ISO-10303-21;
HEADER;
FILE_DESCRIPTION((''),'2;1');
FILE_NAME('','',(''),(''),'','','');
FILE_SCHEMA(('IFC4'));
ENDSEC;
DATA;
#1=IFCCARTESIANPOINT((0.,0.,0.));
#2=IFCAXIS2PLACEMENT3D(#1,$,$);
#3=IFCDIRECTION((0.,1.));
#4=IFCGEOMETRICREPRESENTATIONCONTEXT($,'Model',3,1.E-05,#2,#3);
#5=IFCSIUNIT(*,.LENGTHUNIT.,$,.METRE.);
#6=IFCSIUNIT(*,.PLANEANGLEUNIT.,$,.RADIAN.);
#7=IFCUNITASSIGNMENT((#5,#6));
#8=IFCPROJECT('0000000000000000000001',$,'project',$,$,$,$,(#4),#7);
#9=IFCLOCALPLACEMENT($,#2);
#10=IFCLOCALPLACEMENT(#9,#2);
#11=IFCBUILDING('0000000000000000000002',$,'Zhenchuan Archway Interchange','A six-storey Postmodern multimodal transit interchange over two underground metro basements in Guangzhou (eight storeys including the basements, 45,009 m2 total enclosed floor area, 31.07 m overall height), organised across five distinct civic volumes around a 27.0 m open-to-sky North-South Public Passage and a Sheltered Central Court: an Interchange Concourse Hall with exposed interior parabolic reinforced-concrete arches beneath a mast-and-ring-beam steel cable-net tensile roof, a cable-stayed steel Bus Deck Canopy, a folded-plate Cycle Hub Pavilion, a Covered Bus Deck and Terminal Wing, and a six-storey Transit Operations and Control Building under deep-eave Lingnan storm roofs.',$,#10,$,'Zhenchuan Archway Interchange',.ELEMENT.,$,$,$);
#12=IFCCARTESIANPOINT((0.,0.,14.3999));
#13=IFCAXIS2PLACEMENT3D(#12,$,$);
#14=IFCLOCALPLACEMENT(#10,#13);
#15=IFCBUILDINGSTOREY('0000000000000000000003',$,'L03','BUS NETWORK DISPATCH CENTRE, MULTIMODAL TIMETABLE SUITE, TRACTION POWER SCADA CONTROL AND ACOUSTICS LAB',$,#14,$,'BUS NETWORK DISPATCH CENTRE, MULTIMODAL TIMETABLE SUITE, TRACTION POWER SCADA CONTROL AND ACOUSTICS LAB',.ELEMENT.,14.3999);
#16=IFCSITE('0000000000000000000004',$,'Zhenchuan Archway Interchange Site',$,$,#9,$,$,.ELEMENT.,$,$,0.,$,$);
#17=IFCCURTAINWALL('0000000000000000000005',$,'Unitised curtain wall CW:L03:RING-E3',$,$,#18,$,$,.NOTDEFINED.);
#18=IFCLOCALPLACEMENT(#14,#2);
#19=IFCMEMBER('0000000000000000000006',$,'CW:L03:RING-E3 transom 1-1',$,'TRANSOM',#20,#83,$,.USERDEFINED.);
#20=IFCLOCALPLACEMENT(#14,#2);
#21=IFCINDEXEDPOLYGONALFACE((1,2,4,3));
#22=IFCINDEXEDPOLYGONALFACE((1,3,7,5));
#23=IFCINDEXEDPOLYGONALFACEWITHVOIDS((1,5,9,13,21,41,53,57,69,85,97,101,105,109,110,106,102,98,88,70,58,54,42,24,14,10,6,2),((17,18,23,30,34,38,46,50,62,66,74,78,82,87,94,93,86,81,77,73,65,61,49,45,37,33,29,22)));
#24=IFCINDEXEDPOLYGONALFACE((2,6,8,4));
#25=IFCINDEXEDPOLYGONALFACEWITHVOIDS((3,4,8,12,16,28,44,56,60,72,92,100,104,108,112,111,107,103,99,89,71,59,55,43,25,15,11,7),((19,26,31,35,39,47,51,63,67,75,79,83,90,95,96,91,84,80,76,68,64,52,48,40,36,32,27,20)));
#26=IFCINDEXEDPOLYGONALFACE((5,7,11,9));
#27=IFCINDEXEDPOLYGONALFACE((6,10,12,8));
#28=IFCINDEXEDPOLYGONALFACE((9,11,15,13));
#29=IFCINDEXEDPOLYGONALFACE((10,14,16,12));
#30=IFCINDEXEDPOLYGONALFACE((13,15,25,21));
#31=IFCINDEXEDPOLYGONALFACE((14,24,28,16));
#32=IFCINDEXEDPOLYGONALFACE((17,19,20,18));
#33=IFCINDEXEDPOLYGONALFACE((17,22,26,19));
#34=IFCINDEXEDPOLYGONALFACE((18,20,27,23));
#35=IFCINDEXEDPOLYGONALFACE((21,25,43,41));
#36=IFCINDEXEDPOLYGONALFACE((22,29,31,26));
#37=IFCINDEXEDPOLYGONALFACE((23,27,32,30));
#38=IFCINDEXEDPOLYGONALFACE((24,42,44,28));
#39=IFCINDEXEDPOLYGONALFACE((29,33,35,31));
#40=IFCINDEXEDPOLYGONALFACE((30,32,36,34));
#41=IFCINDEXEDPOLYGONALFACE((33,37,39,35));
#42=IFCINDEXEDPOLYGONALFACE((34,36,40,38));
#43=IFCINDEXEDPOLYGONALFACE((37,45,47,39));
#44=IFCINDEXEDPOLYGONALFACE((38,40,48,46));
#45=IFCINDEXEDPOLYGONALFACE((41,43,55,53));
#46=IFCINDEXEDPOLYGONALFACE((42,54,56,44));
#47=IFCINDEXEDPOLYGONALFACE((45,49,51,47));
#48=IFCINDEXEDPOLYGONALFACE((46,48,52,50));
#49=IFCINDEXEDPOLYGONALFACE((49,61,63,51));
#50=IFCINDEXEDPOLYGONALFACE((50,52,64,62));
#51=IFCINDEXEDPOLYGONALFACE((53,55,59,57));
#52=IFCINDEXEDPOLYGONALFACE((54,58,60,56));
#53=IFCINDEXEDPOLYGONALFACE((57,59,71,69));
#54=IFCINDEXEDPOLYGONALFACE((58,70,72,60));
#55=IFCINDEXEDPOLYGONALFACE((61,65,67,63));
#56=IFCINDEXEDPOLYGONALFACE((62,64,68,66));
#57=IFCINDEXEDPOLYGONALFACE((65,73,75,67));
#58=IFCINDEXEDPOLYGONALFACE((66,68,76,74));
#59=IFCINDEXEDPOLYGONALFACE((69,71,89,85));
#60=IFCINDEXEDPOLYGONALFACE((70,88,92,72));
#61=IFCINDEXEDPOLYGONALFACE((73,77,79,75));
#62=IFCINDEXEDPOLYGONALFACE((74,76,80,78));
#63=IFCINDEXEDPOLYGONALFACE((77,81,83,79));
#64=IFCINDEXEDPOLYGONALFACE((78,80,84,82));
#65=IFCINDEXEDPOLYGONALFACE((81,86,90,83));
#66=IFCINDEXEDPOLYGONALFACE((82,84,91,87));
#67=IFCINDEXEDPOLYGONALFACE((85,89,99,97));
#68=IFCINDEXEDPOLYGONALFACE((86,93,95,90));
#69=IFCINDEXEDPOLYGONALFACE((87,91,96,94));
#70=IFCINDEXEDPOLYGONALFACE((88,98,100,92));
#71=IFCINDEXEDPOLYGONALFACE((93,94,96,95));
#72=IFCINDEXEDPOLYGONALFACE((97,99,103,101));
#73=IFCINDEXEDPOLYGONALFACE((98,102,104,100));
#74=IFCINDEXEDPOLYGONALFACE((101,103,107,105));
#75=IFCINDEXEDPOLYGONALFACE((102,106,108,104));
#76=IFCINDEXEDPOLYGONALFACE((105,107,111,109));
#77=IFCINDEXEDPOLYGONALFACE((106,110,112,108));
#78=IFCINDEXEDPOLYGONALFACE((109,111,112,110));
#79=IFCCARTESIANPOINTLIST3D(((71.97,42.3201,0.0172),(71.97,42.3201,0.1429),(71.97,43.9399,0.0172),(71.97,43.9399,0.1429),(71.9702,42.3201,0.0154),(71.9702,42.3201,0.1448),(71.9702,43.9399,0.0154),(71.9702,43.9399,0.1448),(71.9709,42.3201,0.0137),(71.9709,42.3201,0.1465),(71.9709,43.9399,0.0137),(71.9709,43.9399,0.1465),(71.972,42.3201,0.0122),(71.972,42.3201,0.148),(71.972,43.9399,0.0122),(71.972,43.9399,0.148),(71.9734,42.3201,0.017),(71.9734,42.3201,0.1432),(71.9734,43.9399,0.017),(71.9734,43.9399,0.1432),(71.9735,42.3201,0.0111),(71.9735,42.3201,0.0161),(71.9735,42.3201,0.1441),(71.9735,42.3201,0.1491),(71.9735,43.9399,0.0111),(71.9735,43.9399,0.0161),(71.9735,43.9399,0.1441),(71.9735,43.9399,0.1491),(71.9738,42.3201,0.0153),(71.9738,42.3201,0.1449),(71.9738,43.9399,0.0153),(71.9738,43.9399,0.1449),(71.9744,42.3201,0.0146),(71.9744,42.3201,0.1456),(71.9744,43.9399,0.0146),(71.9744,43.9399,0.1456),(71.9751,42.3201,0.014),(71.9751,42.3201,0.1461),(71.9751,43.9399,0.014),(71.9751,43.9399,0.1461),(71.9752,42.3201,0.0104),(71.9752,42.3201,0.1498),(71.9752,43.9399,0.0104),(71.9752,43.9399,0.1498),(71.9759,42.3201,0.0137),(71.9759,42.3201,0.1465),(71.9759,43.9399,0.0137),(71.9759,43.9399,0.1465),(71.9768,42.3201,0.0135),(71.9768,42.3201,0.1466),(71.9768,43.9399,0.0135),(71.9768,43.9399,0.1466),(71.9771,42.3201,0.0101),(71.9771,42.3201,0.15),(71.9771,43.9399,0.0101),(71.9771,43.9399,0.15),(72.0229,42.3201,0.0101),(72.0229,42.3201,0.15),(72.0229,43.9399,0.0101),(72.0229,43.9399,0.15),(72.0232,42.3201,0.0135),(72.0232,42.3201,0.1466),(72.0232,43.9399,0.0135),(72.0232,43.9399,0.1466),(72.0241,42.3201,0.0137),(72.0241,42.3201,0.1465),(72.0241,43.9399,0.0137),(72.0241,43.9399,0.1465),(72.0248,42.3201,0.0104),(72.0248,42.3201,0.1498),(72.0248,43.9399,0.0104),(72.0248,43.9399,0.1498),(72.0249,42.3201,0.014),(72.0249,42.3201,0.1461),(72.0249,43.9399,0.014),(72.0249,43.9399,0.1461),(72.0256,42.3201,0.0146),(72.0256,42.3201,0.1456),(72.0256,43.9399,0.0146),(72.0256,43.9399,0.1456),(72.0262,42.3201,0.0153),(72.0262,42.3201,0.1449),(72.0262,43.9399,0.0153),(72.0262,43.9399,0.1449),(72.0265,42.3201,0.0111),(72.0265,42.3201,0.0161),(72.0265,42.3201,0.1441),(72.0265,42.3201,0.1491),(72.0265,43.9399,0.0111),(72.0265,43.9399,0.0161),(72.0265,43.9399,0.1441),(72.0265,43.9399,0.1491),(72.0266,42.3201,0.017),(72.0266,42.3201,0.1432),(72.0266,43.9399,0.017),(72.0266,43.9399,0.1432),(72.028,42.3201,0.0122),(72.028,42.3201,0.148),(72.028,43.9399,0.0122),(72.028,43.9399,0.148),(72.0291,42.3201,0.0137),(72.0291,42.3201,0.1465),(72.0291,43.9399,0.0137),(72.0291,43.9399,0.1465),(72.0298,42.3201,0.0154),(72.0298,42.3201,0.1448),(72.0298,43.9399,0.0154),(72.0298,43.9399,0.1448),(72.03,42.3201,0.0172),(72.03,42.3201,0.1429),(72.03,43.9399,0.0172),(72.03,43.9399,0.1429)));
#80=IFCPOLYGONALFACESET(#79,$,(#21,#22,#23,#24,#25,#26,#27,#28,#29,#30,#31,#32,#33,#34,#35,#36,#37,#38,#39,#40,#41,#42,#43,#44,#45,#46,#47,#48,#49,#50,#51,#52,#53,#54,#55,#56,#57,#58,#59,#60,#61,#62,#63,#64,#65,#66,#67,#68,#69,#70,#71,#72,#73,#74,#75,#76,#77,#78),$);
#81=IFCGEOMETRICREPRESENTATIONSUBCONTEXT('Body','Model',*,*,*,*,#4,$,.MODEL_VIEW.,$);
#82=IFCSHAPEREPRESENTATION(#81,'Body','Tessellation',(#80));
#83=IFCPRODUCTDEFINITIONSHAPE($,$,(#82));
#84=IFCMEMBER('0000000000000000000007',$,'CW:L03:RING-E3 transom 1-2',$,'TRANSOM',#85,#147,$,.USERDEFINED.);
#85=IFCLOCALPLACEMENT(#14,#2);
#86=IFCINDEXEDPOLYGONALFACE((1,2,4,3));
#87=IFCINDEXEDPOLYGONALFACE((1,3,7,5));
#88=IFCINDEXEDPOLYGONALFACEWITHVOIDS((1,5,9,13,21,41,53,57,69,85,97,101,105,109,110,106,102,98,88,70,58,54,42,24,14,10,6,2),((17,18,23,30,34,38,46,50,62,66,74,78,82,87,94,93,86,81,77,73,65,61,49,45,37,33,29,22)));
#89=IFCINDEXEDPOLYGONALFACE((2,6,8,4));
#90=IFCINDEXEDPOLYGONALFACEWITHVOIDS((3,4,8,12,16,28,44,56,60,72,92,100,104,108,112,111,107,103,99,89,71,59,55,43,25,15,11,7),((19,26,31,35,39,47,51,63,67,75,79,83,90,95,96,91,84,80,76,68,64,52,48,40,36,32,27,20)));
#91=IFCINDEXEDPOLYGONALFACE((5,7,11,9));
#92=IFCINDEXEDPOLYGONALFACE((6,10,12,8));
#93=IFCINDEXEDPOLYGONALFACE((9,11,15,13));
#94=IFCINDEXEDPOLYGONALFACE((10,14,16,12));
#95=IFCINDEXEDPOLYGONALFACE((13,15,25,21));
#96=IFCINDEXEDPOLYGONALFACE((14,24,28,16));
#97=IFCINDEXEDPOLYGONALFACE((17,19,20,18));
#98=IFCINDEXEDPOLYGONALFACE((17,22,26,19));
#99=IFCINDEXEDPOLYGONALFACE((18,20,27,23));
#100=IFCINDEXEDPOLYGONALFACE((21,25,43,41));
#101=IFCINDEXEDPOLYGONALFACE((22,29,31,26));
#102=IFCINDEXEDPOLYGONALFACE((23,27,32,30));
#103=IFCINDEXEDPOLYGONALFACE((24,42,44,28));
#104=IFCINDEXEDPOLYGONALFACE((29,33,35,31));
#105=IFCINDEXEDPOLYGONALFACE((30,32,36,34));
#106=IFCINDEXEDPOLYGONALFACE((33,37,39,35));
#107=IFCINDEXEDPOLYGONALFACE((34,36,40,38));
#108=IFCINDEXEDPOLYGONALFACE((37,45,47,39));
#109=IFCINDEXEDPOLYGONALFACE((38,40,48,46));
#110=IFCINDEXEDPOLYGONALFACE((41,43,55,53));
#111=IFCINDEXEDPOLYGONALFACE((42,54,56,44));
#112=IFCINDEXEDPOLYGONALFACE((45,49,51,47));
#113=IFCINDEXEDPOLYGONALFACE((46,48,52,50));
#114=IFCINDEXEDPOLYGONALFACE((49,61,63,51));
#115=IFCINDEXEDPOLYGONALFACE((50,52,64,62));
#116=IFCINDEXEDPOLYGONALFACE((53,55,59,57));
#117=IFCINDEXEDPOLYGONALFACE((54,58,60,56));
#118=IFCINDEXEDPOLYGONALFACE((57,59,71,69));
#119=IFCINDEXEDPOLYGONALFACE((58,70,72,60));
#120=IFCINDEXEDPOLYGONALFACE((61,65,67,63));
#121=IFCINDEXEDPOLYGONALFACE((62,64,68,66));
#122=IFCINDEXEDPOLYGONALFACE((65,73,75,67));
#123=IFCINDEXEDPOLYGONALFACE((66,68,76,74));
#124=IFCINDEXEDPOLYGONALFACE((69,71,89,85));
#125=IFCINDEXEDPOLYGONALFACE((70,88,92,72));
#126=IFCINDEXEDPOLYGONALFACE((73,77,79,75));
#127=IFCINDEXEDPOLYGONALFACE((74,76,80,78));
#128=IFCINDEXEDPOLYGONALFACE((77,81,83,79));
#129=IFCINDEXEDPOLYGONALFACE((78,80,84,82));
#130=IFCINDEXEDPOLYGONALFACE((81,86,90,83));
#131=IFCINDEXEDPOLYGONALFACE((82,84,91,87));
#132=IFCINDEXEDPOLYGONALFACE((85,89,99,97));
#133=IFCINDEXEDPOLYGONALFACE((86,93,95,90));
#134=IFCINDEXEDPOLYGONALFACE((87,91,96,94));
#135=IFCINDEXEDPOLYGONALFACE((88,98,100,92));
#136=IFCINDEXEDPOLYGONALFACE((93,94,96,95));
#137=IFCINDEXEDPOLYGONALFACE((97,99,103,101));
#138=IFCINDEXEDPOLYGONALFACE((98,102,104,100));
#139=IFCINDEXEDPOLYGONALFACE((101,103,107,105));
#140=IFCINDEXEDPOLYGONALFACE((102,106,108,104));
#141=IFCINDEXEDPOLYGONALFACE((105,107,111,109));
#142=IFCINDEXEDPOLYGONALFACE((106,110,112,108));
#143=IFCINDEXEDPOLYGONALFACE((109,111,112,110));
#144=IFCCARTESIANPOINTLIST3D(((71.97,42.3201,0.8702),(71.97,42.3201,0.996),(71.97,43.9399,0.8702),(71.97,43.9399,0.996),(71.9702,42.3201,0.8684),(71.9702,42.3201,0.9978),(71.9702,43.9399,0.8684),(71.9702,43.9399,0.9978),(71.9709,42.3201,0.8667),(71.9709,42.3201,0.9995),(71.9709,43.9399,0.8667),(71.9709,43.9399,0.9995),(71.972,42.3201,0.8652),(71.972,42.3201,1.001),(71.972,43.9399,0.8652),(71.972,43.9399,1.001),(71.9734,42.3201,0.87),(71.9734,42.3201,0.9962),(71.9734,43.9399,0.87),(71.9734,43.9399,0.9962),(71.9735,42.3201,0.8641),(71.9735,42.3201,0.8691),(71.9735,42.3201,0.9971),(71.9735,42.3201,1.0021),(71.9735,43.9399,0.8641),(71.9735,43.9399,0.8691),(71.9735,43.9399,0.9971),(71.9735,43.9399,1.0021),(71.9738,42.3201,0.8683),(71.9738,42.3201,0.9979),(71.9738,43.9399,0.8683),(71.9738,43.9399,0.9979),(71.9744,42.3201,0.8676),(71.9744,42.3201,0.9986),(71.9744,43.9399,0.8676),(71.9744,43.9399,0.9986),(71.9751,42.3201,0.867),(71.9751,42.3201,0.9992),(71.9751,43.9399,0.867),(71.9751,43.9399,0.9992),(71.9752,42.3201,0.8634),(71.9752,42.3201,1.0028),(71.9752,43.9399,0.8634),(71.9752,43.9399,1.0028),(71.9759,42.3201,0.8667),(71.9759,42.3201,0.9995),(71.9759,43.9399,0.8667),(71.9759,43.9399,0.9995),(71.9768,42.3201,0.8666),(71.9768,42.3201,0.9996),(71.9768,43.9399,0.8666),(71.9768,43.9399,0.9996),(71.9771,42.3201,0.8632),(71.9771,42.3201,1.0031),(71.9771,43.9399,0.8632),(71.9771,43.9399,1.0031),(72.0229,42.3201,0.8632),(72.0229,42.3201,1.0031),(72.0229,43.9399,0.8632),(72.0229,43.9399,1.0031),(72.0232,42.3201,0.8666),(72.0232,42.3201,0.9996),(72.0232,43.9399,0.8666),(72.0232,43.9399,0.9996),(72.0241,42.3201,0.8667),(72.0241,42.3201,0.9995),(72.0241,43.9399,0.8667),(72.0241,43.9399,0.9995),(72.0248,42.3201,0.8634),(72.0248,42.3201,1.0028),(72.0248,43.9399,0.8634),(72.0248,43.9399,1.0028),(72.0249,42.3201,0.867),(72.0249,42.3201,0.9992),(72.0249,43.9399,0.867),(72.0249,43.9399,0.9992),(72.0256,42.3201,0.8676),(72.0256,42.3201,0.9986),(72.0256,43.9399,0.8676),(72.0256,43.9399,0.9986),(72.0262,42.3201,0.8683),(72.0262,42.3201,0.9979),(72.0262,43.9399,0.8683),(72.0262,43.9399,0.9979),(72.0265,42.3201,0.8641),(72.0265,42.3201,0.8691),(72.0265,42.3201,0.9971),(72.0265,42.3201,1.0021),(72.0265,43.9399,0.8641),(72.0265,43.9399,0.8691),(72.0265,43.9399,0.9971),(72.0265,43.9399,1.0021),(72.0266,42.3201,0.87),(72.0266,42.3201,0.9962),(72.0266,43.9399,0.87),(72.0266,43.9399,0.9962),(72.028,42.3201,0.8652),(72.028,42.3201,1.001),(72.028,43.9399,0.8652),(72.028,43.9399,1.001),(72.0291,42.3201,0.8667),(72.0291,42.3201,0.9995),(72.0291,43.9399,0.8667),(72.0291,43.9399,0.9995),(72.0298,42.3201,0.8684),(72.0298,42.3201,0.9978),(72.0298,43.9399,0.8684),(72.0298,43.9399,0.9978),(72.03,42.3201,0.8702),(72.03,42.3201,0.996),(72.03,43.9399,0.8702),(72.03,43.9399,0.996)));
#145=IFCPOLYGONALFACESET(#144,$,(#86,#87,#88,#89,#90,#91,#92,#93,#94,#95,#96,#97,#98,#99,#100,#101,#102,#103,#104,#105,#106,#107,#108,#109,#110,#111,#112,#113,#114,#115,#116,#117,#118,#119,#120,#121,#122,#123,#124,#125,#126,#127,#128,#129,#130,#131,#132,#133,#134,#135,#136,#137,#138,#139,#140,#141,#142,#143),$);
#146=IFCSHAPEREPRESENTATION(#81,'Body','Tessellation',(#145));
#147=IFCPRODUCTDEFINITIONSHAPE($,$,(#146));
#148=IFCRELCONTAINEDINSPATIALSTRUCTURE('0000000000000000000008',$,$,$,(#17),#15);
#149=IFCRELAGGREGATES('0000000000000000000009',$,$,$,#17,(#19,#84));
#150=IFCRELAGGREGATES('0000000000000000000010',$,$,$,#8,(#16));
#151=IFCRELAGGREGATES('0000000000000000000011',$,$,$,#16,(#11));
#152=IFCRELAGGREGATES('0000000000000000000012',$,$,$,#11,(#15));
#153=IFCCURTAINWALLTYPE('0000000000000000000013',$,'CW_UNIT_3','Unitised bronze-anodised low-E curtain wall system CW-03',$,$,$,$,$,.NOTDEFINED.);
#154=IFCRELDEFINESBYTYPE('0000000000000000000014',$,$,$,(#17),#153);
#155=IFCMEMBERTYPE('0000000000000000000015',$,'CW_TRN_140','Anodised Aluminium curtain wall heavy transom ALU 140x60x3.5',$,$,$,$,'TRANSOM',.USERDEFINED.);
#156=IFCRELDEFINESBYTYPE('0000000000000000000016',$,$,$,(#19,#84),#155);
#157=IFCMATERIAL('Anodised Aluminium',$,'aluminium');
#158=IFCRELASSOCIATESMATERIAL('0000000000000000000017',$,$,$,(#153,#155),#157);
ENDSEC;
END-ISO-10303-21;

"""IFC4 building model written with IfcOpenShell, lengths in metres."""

from ifc_helpers import new_model, si_unit, direction, frame, origin, origin_2d, place, context, subcontext, project, spatial, hollow_rectangle, extrude, material, material_profile, profile_set, type_object, element, aggregate, save


model = new_model("IFC4")

# Units and contexts
model_context = context("Model", 3, precision=1e-05, world=origin(), true_north=direction((0.0, 1.0)))
body_context = subcontext(model_context, "Body", "Model", "MODEL_VIEW")
ifc_project = project(units=[si_unit("LENGTHUNIT", "METRE"), si_unit("PLANEANGLEUNIT", "RADIAN")], contexts=[model_context])

# Site, building, storey
site_placement = place(None, origin())
site = spatial("IfcSite", under=ifc_project, at=site_placement, Name="Zhenchuan Archway Interchange Site", CompositionType="ELEMENT", RefElevation=0.0)
building_placement = place(site_placement, origin())
building = spatial("IfcBuilding", under=site, at=building_placement, Name="Zhenchuan Archway Interchange", Description="A six-storey Postmodern multimodal transit interchange over two underground metro basements in Guangzhou (eight storeys including the basements, 45,009 m2 total enclosed floor area, 31.07 m overall height), organised across five distinct civic volumes around a 27.0 m open-to-sky North-South Public Passage and a Sheltered Central Court: an Interchange Concourse Hall with exposed interior parabolic reinforced-concrete arches beneath a mast-and-ring-beam steel cable-net tensile roof, a cable-stayed steel Bus Deck Canopy, a folded-plate Cycle Hub Pavilion, a Covered Bus Deck and Terminal Wing, and a six-storey Transit Operations and Control Building under deep-eave Lingnan storm roofs.", LongName="Zhenchuan Archway Interchange", CompositionType="ELEMENT")
storey_placement = place(building_placement, frame((0.0, 0.0, 14.3999)))
storey = spatial("IfcBuildingStorey", under=building, at=storey_placement, Name="L03", Description="BUS NETWORK DISPATCH CENTRE, MULTIMODAL TIMETABLE SUITE, TRACTION POWER SCADA CONTROL AND ACOUSTICS LAB", LongName="BUS NETWORK DISPATCH CENTRE, MULTIMODAL TIMETABLE SUITE, TRACTION POWER SCADA CONTROL AND ACOUSTICS LAB", CompositionType="ELEMENT", Elevation=14.3999)

# Curtain wall
ifc_material_1 = material(Name="Anodised Aluminium", Category="aluminium")
curtain_wall_type = type_object("IfcCurtainWallType", Name="CW_UNIT_3", Description="Unitised bronze-anodised low-E curtain wall system CW-03", PredefinedType="NOTDEFINED", material=ifc_material_1)
curtain_wall_1_placement = place(storey_placement, origin())
curtain_wall_1 = element("IfcCurtainWall", 1, at=curtain_wall_1_placement, inside=storey, type_object=curtain_wall_type, Name="Unitised curtain wall CW:L03:RING-E3", PredefinedType="NOTDEFINED")

# Members
ifc_material_profile_1 = material_profile(ifc_material_1, hollow_rectangle(XDim=0.0601, YDim=0.1399, WallThickness=0.0034, InnerFilletRadius=0.0034, OuterFilletRadius=0.0071, at=origin_2d()), Name="ALU 140x60x3.5")
ifc_profile_set_1 = profile_set([ifc_material_profile_1], Name="Anodised Aluminium")
member_type_1 = type_object("IfcMemberType", Name="CW_TRN_140", Description="Anodised Aluminium curtain wall heavy transom ALU 140x60x3.5", ElementType="TRANSOM", PredefinedType="USERDEFINED", material=ifc_profile_set_1)
member_1_placement = place(storey_placement, frame((72.0, 42.3201, 0.0801), z_axis=(0.0, 1.0, 0.0), x_axis=(-1.0, 0.0, 0.0)))
member_1 = element("IfcMember", 2, at=member_1_placement, type_object=member_type_1, Name="CW:L03:RING-E3 transom 1-1", ObjectType="TRANSOM", PredefinedType="USERDEFINED", context=body_context, shape_type="SweptSolid", body=[
    extrude(hollow_rectangle(XDim=0.0601, YDim=0.1399, WallThickness=0.0034, InnerFilletRadius=0.0034, OuterFilletRadius=0.0071, at=origin_2d()), origin(), (0.0, 0.0, 1.0), 1.6199),
])
member_2_placement = place(storey_placement, frame((72.0, 42.3201, 0.9331), z_axis=(0.0, 1.0, 0.0), x_axis=(-1.0, 0.0, 0.0)))
member_2 = element("IfcMember", 3, at=member_2_placement, type_object=member_type_1, Name="CW:L03:RING-E3 transom 1-2", ObjectType="TRANSOM", PredefinedType="USERDEFINED", context=body_context, shape_type="SweptSolid", body=[
    extrude(hollow_rectangle(XDim=0.0601, YDim=0.1399, WallThickness=0.0034, InnerFilletRadius=0.0034, OuterFilletRadius=0.0071, at=origin_2d()), origin(), (0.0, 0.0, 1.0), 1.6199),
])

aggregate(curtain_wall_1, [member_1, member_2])

save(model, "model.ifc")
